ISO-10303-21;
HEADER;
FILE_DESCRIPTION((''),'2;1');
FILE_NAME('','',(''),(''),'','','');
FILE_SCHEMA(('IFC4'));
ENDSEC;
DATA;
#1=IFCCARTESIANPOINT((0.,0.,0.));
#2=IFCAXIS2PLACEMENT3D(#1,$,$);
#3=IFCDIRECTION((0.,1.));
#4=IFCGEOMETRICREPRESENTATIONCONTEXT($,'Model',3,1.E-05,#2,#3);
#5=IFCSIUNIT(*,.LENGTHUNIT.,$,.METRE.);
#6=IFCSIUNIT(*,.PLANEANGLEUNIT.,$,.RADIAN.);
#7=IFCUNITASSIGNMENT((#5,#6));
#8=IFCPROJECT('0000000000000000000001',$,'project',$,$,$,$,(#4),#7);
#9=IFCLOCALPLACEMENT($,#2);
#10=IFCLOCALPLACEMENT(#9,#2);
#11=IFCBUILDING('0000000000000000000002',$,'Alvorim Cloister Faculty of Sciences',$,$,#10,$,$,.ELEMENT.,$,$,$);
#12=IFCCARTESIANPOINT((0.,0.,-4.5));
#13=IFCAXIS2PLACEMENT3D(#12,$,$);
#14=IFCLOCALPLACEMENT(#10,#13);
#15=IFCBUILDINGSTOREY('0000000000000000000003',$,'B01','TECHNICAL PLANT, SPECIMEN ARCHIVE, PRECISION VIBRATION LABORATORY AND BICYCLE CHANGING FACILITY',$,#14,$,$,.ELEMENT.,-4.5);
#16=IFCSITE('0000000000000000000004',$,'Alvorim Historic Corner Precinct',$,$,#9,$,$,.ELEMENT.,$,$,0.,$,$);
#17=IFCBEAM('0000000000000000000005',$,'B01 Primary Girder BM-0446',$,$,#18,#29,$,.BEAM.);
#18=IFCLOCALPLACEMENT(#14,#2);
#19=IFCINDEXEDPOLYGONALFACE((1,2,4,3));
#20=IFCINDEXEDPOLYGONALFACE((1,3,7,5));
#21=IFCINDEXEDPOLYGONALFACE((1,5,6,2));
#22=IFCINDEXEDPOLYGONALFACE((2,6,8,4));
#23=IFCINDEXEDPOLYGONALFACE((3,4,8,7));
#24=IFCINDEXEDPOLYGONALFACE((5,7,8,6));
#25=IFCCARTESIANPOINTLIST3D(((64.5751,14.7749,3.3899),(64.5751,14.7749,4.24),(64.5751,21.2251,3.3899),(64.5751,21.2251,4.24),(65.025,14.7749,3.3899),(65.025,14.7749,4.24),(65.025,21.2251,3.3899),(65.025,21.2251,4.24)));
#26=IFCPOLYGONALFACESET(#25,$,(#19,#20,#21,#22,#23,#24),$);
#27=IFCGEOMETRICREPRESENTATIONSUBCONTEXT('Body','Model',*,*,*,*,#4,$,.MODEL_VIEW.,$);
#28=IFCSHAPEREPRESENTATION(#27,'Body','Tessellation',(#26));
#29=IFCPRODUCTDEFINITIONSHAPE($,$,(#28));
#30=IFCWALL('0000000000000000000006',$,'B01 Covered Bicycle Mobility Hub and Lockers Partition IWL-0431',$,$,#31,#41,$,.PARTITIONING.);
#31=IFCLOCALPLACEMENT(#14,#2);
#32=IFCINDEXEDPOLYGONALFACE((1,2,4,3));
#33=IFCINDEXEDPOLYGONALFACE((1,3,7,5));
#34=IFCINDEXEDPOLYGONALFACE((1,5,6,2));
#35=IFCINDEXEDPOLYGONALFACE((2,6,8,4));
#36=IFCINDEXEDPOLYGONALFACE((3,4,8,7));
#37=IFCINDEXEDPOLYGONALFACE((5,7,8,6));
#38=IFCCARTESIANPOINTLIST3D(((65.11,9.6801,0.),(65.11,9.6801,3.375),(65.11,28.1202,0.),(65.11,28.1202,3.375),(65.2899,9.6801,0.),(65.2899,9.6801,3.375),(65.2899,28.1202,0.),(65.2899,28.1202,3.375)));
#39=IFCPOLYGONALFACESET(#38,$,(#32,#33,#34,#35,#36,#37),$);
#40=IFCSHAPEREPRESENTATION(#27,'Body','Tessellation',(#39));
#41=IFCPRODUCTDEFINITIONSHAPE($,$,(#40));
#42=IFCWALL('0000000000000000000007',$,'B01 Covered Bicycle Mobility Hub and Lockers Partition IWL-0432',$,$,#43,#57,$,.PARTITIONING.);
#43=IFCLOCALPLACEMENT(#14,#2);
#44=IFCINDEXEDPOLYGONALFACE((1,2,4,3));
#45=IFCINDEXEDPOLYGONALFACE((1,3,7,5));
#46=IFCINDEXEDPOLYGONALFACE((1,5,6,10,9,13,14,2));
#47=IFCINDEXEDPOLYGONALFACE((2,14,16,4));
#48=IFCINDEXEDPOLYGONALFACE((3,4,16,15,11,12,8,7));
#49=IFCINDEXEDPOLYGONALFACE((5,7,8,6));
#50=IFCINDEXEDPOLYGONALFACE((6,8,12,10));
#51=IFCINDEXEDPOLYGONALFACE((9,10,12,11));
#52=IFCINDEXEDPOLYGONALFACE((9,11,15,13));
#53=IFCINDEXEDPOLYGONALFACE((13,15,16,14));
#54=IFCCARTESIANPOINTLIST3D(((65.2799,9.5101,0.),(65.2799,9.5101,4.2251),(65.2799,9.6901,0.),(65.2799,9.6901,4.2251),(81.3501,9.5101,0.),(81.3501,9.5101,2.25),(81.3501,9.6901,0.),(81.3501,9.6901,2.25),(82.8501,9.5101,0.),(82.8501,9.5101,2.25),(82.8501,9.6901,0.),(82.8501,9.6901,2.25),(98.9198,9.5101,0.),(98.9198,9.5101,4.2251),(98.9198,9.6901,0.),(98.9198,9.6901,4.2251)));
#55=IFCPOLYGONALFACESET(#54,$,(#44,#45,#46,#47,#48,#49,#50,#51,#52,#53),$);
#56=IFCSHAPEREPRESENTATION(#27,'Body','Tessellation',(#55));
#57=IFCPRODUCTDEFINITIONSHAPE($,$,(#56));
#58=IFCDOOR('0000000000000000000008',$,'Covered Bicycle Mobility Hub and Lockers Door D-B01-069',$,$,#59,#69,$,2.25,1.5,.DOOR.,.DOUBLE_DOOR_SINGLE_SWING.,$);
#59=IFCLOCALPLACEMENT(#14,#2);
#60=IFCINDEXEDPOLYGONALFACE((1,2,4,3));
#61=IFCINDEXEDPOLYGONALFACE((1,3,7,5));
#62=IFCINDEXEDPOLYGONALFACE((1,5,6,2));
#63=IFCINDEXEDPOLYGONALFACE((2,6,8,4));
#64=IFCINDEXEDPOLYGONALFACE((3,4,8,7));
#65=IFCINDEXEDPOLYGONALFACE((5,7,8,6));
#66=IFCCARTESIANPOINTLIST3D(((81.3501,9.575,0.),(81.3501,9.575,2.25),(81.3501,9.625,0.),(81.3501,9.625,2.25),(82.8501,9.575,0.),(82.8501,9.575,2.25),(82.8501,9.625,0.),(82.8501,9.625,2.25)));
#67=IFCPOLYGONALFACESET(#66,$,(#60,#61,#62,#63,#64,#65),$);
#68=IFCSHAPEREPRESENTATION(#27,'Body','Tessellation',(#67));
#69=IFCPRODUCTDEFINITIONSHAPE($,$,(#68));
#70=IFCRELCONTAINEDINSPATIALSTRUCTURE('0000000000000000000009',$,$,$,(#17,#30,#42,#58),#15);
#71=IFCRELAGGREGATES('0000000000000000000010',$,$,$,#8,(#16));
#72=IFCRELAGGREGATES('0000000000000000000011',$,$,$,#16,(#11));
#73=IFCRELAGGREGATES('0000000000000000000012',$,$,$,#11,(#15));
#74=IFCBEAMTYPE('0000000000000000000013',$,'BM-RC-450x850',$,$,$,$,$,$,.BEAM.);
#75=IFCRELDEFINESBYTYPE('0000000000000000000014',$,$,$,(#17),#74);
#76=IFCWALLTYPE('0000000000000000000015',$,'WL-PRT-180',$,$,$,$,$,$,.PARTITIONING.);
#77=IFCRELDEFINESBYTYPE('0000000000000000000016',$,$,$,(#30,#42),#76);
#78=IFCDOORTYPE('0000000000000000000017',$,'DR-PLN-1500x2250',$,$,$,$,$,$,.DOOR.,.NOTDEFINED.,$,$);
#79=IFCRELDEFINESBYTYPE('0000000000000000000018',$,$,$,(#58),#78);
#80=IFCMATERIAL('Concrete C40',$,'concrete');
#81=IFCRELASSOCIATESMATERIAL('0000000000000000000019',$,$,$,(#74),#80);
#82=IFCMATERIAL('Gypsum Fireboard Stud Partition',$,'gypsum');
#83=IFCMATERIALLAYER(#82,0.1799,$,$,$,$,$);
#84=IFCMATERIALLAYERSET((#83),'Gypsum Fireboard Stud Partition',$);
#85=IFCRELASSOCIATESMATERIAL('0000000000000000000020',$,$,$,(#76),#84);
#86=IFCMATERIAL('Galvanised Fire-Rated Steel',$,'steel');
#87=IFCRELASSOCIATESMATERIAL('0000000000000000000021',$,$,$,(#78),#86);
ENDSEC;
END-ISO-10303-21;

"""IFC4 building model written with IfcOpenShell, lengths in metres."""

from ifc_helpers import new_model, si_unit, direction, frame, frame_2d, origin, origin_2d, place, context, subcontext, project, spatial, rectangle, extrude, material, layer, layer_set, material_profile, profile_set, type_object, element, fill, save


model = new_model("IFC4")

# Units and contexts
model_context = context("Model", 3, precision=1e-05, world=origin(), true_north=direction((0.0, 1.0)))
body_context = subcontext(model_context, "Body", "Model", "MODEL_VIEW")
ifc_project = project(units=[si_unit("LENGTHUNIT", "METRE"), si_unit("PLANEANGLEUNIT", "RADIAN")], contexts=[model_context])

# Site, building, storey
site_placement = place(None, origin())
site = spatial("IfcSite", under=ifc_project, at=site_placement, Name="Alvorim Historic Corner Precinct", CompositionType="ELEMENT", RefElevation=0.0)
building_placement = place(site_placement, origin())
building = spatial("IfcBuilding", under=site, at=building_placement, Name="Alvorim Cloister Faculty of Sciences", CompositionType="ELEMENT")
storey_placement = place(building_placement, frame((0.0, 0.0, -4.5)))
storey = spatial("IfcBuildingStorey", under=building, at=storey_placement, Name="B01", Description="TECHNICAL PLANT, SPECIMEN ARCHIVE, PRECISION VIBRATION LABORATORY AND BICYCLE CHANGING FACILITY", CompositionType="ELEMENT", Elevation=-4.5)

# Shared definitions
ifc_material_1 = material(Name="Concrete C40", Category="concrete")

# Beam
ifc_material_profile_1 = material_profile(ifc_material_1, rectangle(XDim=0.45, YDim=0.8501, at=origin_2d()), Name="RC40-BM-450x850")
ifc_profile_set_1 = profile_set([ifc_material_profile_1], Name="Concrete C40")
beam_type_1 = type_object("IfcBeamType", Name="BM-RC-450x850", PredefinedType="BEAM", material=ifc_profile_set_1)
beam_1_placement = place(storey_placement, frame((64.8, 14.7749, 3.8149), z_axis=(0.0, 1.0, 0.0), x_axis=(-1.0, 0.0, 0.0)))
element("IfcBeam", 1, at=beam_1_placement, inside=storey, type_object=beam_type_1, Name="B01 Primary Girder BM-0446", PredefinedType="BEAM", context=body_context, shape_type="SweptSolid", body=[
    extrude(rectangle(XDim=0.45, YDim=0.8501, at=origin_2d()), origin(), (0.0, 0.0, 1.0), 6.4502),
])

# Wall
ifc_material_2 = material(Name="Gypsum Fireboard Stud Partition", Category="gypsum")
ifc_layer = layer(ifc_material_2, 0.1799)
ifc_layer_set = layer_set([ifc_layer], Name="Gypsum Fireboard Stud Partition")
wall_type = type_object("IfcWallType", Name="WL-PRT-180", PredefinedType="PARTITIONING", material=ifc_layer_set)
wall_1_placement = place(storey_placement, frame((65.2, 9.6799, 0.0), z_axis=(0.0, 0.0, 1.0), x_axis=(0.0, 1.0, 0.0)))
element("IfcWall", 2, at=wall_1_placement, inside=storey, type_object=wall_type, Name="B01 Covered Bicycle Mobility Hub and Lockers Partition IWL-0431", PredefinedType="PARTITIONING", context=body_context, shape_type="SweptSolid", body=[
    extrude(rectangle(XDim=18.4402, YDim=0.1799, at=frame_2d((9.2202, 0.0))), origin(), (0.0, 0.0, 1.0), 3.375),
])

# Wall, opening, door
wall_2_placement = place(storey_placement, frame((65.28, 9.6001, 0.0), z_axis=(0.0, 0.0, 1.0), x_axis=(1.0, 0.0, 0.0)))
wall_2 = element("IfcWall", 3, at=wall_2_placement, inside=storey, type_object=wall_type, Name="B01 Covered Bicycle Mobility Hub and Lockers Partition IWL-0432", PredefinedType="PARTITIONING", context=body_context, shape_type="SweptSolid", body=[
    extrude(rectangle(XDim=33.6399, YDim=0.1799, at=frame_2d((16.8198, 0.0))), origin(), (0.0, 0.0, 1.0), 4.2251),
])
opening_placement = place(wall_2_placement, frame((16.0701, 0.0, 0.0)))
opening = element("IfcOpeningElement", 4, at=opening_placement, cuts=wall_2, PredefinedType="OPENING", context=body_context, shape_type="SweptSolid", body=[
    extrude(rectangle(XDim=1.5, YDim=2.25, at=frame_2d((0.75, 1.125))), frame((0.0, 0.1021, 0.0), z_axis=(0.0, -1.0, 0.0), x_axis=(1.0, 0.0, 0.0)), (0.0, 0.0, 1.0), 0.2039),
])
ifc_material_3 = material(Name="Galvanised Fire-Rated Steel", Category="steel")
door_type = type_object("IfcDoorType", Name="DR-PLN-1500x2250", OperationType="NOTDEFINED", PredefinedType="DOOR", material=ifc_material_3)
door_placement = place(opening_placement, origin())
door = element("IfcDoor", 5, at=door_placement, inside=storey, type_object=door_type, Name="Covered Bicycle Mobility Hub and Lockers Door D-B01-069", OperationType="DOUBLE_DOOR_SINGLE_SWING", OverallHeight=2.25, OverallWidth=1.5, PredefinedType="DOOR", context=body_context, shape_type="SweptSolid", body=[
    extrude(rectangle(XDim=1.5, YDim=2.25, at=frame_2d((0.75, 1.125))), frame((0.0, 0.0249, 0.0), z_axis=(0.0, -1.0, 0.0), x_axis=(1.0, 0.0, 0.0)), (0.0, 0.0, 1.0), 0.05),
])
fill(opening, door)

save(model, "model.ifc")
